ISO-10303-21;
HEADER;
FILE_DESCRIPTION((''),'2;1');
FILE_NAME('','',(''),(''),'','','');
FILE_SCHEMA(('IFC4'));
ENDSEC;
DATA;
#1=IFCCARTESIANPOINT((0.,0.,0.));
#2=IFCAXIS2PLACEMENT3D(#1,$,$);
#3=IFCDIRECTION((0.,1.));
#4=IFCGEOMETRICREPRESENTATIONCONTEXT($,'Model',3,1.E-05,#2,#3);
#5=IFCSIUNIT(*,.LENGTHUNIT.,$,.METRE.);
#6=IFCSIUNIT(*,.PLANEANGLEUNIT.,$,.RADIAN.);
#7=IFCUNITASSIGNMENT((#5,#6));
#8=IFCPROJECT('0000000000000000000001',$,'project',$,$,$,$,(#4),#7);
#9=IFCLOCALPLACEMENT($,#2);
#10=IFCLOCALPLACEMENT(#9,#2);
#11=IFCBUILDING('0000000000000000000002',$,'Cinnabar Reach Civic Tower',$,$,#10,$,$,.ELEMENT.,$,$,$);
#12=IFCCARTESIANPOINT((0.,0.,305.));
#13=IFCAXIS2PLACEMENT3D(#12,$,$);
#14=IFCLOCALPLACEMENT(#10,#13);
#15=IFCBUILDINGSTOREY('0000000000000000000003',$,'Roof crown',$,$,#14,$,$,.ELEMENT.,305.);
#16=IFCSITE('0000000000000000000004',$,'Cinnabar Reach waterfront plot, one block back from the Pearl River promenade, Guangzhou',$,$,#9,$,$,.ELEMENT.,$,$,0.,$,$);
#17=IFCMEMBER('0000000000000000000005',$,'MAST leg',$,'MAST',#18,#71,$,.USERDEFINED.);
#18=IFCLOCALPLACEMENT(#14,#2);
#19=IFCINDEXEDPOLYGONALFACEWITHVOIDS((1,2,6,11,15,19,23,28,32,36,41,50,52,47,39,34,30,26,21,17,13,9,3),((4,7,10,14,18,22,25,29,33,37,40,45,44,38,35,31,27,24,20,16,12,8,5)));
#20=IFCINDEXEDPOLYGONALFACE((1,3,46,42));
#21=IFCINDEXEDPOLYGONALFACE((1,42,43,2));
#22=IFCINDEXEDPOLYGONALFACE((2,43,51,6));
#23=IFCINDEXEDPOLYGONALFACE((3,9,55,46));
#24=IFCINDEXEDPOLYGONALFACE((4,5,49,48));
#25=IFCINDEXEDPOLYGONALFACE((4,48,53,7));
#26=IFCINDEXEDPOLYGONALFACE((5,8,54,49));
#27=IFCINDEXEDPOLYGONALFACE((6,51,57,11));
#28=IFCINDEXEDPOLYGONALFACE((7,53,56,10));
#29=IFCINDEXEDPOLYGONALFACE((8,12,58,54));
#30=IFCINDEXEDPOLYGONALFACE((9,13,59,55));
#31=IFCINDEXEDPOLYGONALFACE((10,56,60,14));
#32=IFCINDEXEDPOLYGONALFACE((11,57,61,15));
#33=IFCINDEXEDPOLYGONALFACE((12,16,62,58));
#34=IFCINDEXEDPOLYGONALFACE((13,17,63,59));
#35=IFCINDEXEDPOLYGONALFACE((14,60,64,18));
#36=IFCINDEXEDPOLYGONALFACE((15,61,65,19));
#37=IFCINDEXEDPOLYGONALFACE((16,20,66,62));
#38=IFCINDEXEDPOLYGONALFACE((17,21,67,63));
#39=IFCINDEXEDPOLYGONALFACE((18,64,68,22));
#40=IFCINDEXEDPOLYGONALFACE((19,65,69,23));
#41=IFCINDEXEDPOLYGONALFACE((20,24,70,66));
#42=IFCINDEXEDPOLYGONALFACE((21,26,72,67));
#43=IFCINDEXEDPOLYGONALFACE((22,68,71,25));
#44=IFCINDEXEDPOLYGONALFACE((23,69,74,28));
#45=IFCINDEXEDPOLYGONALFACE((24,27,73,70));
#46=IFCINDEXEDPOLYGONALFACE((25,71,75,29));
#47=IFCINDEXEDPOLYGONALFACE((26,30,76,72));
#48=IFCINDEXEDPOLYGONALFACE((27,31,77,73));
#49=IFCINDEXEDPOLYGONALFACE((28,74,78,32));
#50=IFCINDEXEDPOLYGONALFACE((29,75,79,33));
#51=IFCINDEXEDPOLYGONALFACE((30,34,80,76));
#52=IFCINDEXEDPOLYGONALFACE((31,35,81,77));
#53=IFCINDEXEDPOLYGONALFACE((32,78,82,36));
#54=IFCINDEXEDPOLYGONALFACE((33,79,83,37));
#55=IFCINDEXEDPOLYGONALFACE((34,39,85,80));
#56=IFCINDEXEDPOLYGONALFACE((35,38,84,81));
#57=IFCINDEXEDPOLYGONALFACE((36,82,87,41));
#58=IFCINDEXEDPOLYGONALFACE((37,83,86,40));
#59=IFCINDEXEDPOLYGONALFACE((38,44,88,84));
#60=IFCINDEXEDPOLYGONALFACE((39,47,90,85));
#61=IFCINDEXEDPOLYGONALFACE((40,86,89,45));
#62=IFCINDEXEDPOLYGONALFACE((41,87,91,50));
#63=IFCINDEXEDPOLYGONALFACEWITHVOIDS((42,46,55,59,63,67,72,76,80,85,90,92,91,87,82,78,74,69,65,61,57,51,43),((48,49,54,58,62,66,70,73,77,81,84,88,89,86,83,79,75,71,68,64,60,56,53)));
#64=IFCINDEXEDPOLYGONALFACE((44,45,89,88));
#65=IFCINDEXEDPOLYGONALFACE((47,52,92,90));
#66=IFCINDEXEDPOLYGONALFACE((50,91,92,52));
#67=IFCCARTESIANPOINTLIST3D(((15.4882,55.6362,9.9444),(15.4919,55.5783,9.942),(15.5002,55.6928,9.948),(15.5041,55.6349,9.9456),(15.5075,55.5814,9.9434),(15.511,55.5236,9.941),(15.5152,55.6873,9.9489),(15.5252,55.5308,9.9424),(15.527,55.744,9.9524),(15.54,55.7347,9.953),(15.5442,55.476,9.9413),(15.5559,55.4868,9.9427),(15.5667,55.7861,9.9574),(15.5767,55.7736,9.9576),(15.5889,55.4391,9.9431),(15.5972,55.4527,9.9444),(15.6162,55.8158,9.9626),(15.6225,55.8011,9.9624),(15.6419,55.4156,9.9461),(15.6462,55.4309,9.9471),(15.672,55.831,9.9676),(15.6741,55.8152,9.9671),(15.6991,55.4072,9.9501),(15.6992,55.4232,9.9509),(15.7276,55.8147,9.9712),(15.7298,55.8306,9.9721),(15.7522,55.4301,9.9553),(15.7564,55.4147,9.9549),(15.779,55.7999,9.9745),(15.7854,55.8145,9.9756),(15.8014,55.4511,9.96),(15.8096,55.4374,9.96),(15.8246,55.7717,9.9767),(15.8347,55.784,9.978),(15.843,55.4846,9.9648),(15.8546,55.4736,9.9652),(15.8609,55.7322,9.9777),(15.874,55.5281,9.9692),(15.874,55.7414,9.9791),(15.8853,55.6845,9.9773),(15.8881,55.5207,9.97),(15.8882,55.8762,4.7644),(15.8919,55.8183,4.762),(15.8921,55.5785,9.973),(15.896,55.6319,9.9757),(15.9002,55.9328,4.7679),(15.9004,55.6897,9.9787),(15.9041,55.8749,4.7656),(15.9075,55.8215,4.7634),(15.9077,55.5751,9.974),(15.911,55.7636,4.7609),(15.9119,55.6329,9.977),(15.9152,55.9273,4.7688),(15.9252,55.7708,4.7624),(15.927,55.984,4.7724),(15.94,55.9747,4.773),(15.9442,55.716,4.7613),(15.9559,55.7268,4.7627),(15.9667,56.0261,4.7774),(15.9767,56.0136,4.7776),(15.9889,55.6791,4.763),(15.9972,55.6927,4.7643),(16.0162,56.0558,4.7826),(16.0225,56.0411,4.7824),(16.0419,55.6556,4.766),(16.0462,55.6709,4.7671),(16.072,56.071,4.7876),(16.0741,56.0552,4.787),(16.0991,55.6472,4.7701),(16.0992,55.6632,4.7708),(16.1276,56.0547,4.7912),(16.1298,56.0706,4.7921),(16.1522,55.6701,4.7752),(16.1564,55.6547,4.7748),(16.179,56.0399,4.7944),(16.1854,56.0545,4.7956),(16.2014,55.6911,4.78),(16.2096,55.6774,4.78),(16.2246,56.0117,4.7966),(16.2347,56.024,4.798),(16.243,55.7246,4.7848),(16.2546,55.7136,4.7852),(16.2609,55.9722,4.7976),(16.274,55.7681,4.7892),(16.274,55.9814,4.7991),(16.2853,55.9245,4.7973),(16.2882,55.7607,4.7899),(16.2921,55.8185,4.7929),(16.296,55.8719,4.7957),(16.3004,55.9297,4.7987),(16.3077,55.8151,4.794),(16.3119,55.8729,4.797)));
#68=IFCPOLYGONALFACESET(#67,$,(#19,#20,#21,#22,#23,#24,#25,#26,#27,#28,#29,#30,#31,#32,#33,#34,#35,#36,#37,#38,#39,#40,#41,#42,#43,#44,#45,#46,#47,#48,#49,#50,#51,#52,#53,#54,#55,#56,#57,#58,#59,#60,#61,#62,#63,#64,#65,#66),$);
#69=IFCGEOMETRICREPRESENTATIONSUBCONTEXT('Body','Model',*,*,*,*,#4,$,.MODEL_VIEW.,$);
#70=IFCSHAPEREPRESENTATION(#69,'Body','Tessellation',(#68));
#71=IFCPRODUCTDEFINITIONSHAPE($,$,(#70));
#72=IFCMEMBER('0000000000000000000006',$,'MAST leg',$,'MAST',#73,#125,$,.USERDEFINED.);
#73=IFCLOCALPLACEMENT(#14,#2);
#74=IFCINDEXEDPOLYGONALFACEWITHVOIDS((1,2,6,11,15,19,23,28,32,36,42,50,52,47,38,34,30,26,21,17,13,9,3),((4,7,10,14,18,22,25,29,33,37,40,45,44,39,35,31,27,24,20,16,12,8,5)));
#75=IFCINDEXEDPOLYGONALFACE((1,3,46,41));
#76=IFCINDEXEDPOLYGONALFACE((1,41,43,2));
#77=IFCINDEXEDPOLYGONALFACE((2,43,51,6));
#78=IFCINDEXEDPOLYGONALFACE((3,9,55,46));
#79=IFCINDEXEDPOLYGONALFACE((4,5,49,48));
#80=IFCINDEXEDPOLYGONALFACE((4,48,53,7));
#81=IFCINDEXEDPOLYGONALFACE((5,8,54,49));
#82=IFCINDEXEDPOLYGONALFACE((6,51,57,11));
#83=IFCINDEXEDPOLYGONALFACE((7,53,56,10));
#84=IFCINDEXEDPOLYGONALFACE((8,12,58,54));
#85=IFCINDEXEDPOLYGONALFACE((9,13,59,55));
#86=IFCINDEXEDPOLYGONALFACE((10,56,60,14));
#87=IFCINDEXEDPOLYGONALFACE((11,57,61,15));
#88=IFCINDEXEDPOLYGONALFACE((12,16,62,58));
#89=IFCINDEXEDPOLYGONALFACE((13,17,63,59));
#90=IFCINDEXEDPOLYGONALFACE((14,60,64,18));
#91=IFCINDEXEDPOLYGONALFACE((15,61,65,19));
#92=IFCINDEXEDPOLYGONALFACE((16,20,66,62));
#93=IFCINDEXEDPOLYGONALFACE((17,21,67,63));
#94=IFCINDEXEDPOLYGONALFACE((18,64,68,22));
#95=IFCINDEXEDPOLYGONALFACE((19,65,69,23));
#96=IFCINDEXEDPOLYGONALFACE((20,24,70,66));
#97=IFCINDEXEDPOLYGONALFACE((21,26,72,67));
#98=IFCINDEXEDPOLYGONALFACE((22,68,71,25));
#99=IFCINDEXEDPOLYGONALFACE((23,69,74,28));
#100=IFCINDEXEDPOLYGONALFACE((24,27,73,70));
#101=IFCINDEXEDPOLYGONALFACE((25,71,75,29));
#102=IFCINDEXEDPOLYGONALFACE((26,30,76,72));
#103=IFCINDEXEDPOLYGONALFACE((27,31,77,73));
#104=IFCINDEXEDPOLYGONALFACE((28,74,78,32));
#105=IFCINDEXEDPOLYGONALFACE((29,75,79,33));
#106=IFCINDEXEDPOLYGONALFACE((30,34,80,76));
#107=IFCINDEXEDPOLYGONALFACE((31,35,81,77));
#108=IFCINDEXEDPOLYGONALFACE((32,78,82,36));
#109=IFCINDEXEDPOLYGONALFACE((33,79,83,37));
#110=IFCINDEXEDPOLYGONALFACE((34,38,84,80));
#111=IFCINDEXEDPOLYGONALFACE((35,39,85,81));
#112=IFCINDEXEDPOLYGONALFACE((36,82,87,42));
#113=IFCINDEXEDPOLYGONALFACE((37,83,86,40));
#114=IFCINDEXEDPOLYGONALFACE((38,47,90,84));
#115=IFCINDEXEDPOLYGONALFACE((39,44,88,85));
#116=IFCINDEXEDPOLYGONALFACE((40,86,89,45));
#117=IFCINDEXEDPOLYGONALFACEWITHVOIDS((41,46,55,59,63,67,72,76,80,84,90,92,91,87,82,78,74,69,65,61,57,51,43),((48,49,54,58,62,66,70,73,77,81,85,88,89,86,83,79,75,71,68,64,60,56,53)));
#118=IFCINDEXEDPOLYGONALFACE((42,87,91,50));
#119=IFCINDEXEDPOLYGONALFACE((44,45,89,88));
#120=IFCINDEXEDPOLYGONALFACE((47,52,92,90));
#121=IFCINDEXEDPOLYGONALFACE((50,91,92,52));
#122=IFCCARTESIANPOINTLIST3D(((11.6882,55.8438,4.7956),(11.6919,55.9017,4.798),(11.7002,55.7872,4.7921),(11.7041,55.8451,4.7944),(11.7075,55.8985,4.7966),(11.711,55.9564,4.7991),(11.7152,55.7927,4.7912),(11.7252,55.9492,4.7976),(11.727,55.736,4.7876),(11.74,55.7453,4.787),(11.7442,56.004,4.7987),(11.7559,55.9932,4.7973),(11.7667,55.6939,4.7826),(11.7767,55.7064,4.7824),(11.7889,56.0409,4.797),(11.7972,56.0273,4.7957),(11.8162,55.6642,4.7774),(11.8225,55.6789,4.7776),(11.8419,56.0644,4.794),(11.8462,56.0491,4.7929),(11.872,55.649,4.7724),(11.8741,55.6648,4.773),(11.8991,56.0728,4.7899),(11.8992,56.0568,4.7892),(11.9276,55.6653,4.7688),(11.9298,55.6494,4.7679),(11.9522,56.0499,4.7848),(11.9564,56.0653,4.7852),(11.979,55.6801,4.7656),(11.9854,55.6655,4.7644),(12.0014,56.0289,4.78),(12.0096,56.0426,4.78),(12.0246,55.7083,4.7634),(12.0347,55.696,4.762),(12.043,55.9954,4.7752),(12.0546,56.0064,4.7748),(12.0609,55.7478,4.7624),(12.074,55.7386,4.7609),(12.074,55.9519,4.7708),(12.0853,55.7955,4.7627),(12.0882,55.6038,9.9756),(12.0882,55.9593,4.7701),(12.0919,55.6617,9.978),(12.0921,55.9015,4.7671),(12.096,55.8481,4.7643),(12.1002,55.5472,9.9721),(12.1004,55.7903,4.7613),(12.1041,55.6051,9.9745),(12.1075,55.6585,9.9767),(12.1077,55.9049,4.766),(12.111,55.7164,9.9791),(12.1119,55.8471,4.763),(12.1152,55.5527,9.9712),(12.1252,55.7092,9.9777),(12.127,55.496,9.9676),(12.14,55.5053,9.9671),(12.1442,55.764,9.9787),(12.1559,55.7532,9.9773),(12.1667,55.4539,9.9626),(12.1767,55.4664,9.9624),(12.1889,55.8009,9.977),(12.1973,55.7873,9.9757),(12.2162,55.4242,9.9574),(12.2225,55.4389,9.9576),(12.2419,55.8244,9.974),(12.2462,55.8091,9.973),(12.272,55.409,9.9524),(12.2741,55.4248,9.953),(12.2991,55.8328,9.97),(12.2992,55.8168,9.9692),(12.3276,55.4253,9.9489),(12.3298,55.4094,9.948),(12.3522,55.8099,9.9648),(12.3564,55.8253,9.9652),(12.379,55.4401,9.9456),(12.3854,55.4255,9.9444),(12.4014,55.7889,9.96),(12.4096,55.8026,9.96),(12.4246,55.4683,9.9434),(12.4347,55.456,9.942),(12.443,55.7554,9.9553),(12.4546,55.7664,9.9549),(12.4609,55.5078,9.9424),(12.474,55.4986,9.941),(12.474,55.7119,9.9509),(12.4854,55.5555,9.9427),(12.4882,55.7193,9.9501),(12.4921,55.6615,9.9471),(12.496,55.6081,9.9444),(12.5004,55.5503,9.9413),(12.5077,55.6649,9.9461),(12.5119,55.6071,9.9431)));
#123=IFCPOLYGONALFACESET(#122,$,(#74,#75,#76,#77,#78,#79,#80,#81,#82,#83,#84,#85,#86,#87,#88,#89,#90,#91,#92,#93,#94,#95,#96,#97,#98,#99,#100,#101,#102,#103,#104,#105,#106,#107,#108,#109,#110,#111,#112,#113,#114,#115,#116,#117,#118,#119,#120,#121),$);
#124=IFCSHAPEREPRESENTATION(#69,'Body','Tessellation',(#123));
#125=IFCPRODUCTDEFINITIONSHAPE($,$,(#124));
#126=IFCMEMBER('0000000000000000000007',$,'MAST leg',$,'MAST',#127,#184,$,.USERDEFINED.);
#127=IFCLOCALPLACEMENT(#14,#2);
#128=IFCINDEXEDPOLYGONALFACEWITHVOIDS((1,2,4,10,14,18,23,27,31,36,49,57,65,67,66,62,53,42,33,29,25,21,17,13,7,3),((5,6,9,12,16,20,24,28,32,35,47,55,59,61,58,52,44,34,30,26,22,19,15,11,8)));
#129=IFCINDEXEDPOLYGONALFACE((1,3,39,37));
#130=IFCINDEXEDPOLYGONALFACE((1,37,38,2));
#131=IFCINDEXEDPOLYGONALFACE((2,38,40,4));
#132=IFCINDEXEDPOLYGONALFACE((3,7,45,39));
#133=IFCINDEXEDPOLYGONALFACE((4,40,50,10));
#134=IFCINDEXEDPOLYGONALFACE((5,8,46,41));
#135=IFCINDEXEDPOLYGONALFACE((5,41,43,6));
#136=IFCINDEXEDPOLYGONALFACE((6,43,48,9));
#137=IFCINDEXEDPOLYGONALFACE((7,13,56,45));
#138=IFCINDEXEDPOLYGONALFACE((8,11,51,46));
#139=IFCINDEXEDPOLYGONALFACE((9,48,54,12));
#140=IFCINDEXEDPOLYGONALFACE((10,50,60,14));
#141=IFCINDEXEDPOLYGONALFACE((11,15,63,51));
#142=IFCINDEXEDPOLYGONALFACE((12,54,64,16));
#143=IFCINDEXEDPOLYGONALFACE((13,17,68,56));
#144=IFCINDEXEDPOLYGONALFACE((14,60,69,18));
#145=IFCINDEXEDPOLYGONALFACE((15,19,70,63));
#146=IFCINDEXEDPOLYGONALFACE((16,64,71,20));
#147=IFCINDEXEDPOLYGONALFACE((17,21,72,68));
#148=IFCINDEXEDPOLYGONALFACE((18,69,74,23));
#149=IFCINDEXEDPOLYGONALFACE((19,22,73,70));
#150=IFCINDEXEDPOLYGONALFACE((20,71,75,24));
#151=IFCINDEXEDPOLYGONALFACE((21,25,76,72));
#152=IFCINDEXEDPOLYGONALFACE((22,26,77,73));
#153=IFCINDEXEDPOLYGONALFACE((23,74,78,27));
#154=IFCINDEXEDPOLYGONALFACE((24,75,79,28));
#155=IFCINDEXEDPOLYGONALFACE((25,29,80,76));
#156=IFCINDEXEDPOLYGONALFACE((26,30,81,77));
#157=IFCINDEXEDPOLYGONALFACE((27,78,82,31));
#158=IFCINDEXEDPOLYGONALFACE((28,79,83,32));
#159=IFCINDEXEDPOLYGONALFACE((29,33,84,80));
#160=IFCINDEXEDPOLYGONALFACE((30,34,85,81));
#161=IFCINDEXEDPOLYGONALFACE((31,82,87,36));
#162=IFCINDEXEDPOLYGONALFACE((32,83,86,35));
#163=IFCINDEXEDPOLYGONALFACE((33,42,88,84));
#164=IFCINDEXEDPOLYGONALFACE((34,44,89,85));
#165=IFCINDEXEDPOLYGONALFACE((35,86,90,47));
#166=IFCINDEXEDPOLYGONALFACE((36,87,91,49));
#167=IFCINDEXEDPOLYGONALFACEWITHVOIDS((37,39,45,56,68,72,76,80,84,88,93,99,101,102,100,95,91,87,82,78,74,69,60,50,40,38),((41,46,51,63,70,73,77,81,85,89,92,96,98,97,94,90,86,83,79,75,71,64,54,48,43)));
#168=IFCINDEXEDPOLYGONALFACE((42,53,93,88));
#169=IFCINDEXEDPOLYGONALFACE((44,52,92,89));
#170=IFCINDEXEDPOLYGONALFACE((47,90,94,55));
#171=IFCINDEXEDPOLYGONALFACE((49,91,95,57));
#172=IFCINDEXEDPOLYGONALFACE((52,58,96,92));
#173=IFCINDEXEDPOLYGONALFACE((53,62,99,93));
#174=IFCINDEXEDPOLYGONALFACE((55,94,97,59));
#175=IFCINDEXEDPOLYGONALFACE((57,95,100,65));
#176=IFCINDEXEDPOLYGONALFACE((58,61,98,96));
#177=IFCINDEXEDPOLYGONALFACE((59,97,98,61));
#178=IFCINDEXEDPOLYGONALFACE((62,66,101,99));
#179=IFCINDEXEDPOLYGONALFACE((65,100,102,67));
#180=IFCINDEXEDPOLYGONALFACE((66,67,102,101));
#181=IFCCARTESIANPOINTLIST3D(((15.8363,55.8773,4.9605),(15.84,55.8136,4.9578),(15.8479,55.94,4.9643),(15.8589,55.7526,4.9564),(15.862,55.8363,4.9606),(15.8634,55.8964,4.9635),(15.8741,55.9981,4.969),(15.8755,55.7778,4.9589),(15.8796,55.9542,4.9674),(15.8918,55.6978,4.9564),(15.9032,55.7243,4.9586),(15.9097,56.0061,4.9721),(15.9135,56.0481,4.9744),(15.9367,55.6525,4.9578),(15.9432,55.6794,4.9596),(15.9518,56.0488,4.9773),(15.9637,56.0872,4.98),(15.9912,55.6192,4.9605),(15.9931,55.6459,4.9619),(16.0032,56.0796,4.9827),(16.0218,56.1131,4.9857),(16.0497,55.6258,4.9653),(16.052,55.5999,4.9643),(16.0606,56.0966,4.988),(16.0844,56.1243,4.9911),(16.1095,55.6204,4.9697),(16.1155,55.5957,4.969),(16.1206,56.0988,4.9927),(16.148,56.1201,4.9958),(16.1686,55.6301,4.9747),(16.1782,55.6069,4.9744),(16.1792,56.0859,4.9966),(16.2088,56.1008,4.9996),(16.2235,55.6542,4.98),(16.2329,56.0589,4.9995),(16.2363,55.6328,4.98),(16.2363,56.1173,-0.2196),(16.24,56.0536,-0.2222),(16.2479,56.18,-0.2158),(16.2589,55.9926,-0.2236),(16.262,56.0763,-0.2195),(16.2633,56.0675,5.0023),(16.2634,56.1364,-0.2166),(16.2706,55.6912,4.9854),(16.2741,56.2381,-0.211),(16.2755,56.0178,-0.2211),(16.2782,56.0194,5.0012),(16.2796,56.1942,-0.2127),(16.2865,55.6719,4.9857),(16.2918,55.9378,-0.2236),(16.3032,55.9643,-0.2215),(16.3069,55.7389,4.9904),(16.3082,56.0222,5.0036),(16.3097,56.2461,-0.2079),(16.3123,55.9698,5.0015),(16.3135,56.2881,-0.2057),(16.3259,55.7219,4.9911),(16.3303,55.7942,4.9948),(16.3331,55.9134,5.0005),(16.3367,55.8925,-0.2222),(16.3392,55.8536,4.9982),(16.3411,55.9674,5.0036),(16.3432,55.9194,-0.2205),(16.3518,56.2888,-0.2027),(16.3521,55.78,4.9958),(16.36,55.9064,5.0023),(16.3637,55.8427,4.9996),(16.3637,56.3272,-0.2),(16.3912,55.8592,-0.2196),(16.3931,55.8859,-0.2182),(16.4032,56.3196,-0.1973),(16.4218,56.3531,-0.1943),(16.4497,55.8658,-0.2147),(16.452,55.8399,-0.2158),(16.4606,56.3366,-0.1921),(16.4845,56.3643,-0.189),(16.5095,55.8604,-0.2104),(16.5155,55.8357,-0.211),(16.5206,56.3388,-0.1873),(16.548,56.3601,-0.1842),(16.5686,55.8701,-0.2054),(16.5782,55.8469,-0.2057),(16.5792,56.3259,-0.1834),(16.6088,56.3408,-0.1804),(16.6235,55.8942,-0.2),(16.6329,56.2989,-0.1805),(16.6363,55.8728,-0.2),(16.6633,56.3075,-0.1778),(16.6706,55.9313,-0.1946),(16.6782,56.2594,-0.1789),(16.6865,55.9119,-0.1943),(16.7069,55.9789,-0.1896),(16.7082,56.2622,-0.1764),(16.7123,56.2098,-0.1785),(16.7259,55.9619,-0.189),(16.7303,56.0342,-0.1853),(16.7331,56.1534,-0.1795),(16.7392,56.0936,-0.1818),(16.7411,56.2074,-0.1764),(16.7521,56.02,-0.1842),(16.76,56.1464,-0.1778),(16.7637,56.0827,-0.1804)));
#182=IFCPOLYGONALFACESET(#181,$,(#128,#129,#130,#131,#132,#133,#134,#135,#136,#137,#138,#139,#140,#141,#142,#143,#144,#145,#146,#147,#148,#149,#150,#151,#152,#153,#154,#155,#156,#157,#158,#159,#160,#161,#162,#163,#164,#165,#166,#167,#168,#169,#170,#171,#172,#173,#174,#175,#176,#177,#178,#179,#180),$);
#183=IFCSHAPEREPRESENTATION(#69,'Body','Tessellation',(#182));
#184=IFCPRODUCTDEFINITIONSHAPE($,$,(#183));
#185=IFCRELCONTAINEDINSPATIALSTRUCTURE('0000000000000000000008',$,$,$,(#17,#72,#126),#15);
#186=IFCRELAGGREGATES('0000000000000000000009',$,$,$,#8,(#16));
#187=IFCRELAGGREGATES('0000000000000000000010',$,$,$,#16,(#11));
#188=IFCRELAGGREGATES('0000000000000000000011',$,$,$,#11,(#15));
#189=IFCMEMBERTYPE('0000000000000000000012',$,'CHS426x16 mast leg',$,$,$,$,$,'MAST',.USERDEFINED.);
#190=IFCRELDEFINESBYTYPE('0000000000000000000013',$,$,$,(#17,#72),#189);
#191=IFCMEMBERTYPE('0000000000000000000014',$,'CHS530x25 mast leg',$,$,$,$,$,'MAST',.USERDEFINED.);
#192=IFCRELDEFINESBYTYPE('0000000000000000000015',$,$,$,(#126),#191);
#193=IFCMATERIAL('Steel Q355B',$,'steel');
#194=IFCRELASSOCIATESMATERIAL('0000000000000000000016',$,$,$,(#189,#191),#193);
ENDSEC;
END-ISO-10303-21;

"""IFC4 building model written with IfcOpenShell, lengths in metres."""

from ifc_helpers import new_model, si_unit, direction, frame, origin, origin_2d, place, context, subcontext, project, spatial, hollow_circle, extrude, material, material_profile, profile_set, type_object, element, save


model = new_model("IFC4")

# Units and contexts
model_context = context("Model", 3, precision=1e-05, world=origin(), true_north=direction((0.0, 1.0)))
body_context = subcontext(model_context, "Body", "Model", "MODEL_VIEW")
ifc_project = project(units=[si_unit("LENGTHUNIT", "METRE"), si_unit("PLANEANGLEUNIT", "RADIAN")], contexts=[model_context])

# Site, building, storey
site_placement = place(None, origin())
site = spatial("IfcSite", under=ifc_project, at=site_placement, Name="Cinnabar Reach waterfront plot, one block back from the Pearl River promenade, Guangzhou", CompositionType="ELEMENT", RefElevation=0.0)
building_placement = place(site_placement, origin())
building = spatial("IfcBuilding", under=site, at=building_placement, Name="Cinnabar Reach Civic Tower", CompositionType="ELEMENT")
storey_placement = place(building_placement, frame((0.0, 0.0, 305.0)))
storey = spatial("IfcBuildingStorey", under=building, at=storey_placement, Name="Roof crown", CompositionType="ELEMENT", Elevation=305.0)

# Members
ifc_material_1 = material(Name="Steel Q355B", Category="steel")
ifc_material_profile_1 = material_profile(ifc_material_1, hollow_circle(Radius=0.213, WallThickness=0.016, at=origin_2d()), Name="CHS426x16")
ifc_profile_set_1 = profile_set([ifc_material_profile_1], Name="Steel Q355B")
member_type_1 = type_object("IfcMemberType", Name="CHS426x16 mast leg", ElementType="MAST", PredefinedType="USERDEFINED", material=ifc_profile_set_1)
for number, where, z_axis, x_axis, name in (
    (1, (16.1, 55.86, 4.78), (-0.076909, -0.046145, 0.99597), (0.514496, -0.857493, 0.0), "MAST leg"),
    (2, (11.9, 55.86, 4.78), (0.076909, -0.046145, 0.99597), (0.514496, 0.857493, 0.0), "MAST leg"),
):
    element("IfcMember", number, at=place(storey_placement, frame(where, z_axis=z_axis, x_axis=x_axis)), inside=storey, type_object=member_type_1, Name=name, ObjectType="MAST", PredefinedType="USERDEFINED", context=body_context, shape_type="SweptSolid", body=[
        extrude(hollow_circle(Radius=0.213, WallThickness=0.016, at=origin_2d()), origin(), (0.0, 0.0, 1.0), 5.201),
    ])
ifc_material_profile_2 = material_profile(ifc_material_1, hollow_circle(Radius=0.265, WallThickness=0.025, at=origin_2d()), Name="CHS530x25")
ifc_profile_set_2 = profile_set([ifc_material_profile_2], Name="Steel Q355B")
member_type_2 = type_object("IfcMemberType", Name="CHS530x25 mast leg", ElementType="MAST", PredefinedType="USERDEFINED", material=ifc_profile_set_2)
for number, where, z_axis, x_axis, name in (
    (3, (16.5, 56.1, -0.2), (-0.076909, -0.046145, 0.99597), (0.514496, -0.857493, 0.0), "MAST leg"),
):
    element("IfcMember", number, at=place(storey_placement, frame(where, z_axis=z_axis, x_axis=x_axis)), inside=storey, type_object=member_type_2, Name=name, ObjectType="MAST", PredefinedType="USERDEFINED", context=body_context, shape_type="SweptSolid", body=[
        extrude(hollow_circle(Radius=0.265, WallThickness=0.025, at=origin_2d()), origin(), (0.0, 0.0, 1.0), 5.201),
    ])

save(model, "model.ifc")
